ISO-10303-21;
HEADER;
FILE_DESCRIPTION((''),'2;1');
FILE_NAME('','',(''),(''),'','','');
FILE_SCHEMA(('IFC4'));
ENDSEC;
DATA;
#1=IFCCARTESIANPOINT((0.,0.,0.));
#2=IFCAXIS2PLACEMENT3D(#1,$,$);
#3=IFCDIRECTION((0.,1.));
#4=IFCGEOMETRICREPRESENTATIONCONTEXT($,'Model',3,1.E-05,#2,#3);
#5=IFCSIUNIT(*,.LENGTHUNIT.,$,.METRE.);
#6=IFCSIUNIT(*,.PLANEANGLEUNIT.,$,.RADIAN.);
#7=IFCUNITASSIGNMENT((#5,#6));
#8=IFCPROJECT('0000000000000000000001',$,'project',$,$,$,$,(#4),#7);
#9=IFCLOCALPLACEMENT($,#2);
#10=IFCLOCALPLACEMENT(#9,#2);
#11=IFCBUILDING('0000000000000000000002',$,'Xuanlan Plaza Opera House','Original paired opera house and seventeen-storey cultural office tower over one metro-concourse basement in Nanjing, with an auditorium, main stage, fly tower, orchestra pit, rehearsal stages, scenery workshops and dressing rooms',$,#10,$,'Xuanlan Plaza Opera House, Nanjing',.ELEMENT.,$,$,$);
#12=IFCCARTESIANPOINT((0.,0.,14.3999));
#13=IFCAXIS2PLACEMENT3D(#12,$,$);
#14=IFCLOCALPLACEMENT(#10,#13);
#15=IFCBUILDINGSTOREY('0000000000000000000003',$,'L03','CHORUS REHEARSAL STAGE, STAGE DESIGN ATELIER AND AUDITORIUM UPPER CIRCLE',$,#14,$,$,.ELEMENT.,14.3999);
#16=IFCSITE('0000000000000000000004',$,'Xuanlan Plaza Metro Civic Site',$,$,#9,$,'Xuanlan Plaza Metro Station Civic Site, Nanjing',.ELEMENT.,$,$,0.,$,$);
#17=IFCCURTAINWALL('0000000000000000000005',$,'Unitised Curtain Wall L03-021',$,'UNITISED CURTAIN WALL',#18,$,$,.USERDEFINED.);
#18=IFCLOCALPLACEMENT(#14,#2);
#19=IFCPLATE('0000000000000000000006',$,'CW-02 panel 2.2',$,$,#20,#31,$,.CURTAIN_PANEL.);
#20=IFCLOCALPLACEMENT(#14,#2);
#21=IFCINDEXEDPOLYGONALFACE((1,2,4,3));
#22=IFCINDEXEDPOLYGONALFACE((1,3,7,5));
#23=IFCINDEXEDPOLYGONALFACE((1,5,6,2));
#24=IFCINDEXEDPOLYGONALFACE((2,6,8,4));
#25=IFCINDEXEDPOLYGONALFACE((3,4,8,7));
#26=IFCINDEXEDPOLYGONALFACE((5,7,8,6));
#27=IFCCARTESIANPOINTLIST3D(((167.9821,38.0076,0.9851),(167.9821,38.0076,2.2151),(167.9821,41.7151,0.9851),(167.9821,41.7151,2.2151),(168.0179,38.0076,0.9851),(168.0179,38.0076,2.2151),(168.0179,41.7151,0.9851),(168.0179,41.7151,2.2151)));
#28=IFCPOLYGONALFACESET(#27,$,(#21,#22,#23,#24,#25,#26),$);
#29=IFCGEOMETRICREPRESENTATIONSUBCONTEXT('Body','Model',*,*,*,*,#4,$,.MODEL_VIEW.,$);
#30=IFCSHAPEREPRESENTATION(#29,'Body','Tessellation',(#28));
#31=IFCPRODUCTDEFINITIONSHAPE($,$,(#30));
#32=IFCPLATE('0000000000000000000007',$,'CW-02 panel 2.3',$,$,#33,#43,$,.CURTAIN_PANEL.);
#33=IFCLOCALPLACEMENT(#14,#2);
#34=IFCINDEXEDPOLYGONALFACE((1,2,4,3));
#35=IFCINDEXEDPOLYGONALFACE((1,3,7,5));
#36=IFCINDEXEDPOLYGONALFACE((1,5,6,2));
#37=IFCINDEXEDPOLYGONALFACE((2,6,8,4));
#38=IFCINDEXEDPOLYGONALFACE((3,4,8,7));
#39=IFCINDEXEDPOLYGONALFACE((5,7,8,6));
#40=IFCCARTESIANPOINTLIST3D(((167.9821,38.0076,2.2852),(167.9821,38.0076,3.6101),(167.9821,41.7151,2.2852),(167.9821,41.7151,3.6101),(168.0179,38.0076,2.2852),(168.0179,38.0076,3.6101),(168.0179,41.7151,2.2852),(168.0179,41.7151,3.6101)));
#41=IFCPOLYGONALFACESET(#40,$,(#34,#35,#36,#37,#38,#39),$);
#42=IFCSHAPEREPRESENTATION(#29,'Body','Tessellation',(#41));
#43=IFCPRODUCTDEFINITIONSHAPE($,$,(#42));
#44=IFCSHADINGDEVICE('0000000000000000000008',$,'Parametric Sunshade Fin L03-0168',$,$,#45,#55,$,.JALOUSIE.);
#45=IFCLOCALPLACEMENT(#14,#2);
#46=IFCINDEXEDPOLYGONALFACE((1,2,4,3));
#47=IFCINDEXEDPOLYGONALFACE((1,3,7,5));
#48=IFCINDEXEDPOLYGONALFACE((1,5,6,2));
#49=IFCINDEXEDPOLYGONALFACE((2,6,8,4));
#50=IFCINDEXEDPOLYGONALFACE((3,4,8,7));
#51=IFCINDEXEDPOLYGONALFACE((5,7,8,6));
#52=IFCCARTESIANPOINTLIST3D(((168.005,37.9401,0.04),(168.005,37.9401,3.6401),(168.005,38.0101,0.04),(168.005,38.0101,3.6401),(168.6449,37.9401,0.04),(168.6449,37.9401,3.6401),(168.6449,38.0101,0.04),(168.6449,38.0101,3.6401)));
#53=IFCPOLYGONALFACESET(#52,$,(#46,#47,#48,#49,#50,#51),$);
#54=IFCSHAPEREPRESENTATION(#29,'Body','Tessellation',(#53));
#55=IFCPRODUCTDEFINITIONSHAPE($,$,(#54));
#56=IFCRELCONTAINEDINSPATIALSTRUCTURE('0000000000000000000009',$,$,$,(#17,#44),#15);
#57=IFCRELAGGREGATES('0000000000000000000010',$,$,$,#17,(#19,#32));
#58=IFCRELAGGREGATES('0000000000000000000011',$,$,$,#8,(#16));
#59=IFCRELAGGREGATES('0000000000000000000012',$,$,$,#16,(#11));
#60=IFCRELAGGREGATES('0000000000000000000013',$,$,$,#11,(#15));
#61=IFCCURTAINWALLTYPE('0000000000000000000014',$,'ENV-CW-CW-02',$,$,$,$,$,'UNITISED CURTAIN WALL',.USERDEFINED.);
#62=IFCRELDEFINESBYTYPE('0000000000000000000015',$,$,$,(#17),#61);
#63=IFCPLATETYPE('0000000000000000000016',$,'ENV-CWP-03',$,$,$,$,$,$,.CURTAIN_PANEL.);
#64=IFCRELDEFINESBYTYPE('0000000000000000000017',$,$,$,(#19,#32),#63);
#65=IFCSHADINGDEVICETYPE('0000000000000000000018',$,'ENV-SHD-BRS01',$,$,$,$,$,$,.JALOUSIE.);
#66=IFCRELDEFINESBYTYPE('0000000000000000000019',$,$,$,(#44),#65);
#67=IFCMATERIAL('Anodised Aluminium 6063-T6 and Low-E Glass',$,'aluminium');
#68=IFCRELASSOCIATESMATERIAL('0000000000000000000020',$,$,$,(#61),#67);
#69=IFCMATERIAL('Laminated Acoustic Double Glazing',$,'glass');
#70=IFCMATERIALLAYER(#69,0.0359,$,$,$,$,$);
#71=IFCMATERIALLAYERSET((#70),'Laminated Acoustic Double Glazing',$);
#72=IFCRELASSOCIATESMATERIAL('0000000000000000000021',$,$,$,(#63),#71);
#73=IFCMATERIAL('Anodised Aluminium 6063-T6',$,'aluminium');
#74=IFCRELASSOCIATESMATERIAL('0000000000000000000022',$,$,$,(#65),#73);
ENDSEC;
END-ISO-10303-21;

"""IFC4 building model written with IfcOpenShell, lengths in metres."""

from ifc_helpers import new_model, si_unit, direction, frame, origin, origin_2d, place, context, subcontext, project, spatial, rectangle, extrude, material, layer, layer_set, type_object, element, aggregate, save


model = new_model("IFC4")

# Units and contexts
model_context = context("Model", 3, precision=1e-05, world=origin(), true_north=direction((0.0, 1.0)))
body_context = subcontext(model_context, "Body", "Model", "MODEL_VIEW")
ifc_project = project(units=[si_unit("LENGTHUNIT", "METRE"), si_unit("PLANEANGLEUNIT", "RADIAN")], contexts=[model_context])

# Site, building, storey
site_placement = place(None, origin())
site = spatial("IfcSite", under=ifc_project, at=site_placement, Name="Xuanlan Plaza Metro Civic Site", LongName="Xuanlan Plaza Metro Station Civic Site, Nanjing", CompositionType="ELEMENT", RefElevation=0.0)
building_placement = place(site_placement, origin())
building = spatial("IfcBuilding", under=site, at=building_placement, Name="Xuanlan Plaza Opera House", Description="Original paired opera house and seventeen-storey cultural office tower over one metro-concourse basement in Nanjing, with an auditorium, main stage, fly tower, orchestra pit, rehearsal stages, scenery workshops and dressing rooms", LongName="Xuanlan Plaza Opera House, Nanjing", CompositionType="ELEMENT")
storey_placement = place(building_placement, frame((0.0, 0.0, 14.3999)))
storey = spatial("IfcBuildingStorey", under=building, at=storey_placement, Name="L03", Description="CHORUS REHEARSAL STAGE, STAGE DESIGN ATELIER AND AUDITORIUM UPPER CIRCLE", CompositionType="ELEMENT", Elevation=14.3999)

# Curtain wall
ifc_material_1 = material(Name="Anodised Aluminium 6063-T6 and Low-E Glass", Category="aluminium")
curtain_wall_type_1 = type_object("IfcCurtainWallType", Name="ENV-CW-CW-02", ElementType="UNITISED CURTAIN WALL", PredefinedType="USERDEFINED", material=ifc_material_1)
curtain_wall_1_placement = place(storey_placement, origin())
curtain_wall_1 = element("IfcCurtainWall", 1, at=curtain_wall_1_placement, inside=storey, type_object=curtain_wall_type_1, Name="Unitised Curtain Wall L03-021", ObjectType="UNITISED CURTAIN WALL", PredefinedType="USERDEFINED")
ifc_material_2 = material(Name="Anodised Aluminium 6063-T6", Category="aluminium")

# Plates
ifc_material_3 = material(Name="Laminated Acoustic Double Glazing", Category="glass")
ifc_layer = layer(ifc_material_3, 0.0359)
ifc_layer_set = layer_set([ifc_layer], Name="Laminated Acoustic Double Glazing")
plate_type = type_object("IfcPlateType", Name="ENV-CWP-03", PredefinedType="CURTAIN_PANEL", material=ifc_layer_set)
plate_1_placement = place(storey_placement, frame((168.0, 39.8613, 0.9851), z_axis=(0.0, 0.0, 1.0), x_axis=(0.0, 1.0, 0.0)))
plate_1 = element("IfcPlate", 2, at=plate_1_placement, type_object=plate_type, Name="CW-02 panel 2.2", PredefinedType="CURTAIN_PANEL", context=body_context, shape_type="SweptSolid", body=[
    extrude(rectangle(XDim=3.7075, YDim=0.0359, at=origin_2d()), origin(), (0.0, 0.0, 1.0), 1.23),
])
plate_2_placement = place(storey_placement, frame((168.0, 39.8613, 2.2852), z_axis=(0.0, 0.0, 1.0), x_axis=(0.0, 1.0, 0.0)))
plate_2 = element("IfcPlate", 3, at=plate_2_placement, type_object=plate_type, Name="CW-02 panel 2.3", PredefinedType="CURTAIN_PANEL", context=body_context, shape_type="SweptSolid", body=[
    extrude(rectangle(XDim=3.7075, YDim=0.0359, at=origin_2d()), origin(), (0.0, 0.0, 1.0), 1.325),
])
aggregate(curtain_wall_1, [plate_1, plate_2])

# Shading device
shading_device_type = type_object("IfcShadingDeviceType", Name="ENV-SHD-BRS01", PredefinedType="JALOUSIE", material=ifc_material_2)
shading_device_placement = place(storey_placement, frame((168.325, 37.9751, 0.04), z_axis=(0.0, 0.0, 1.0), x_axis=(1.0, 0.0, 0.0)))
element("IfcShadingDevice", 4, at=shading_device_placement, inside=storey, type_object=shading_device_type, Name="Parametric Sunshade Fin L03-0168", PredefinedType="JALOUSIE", context=body_context, shape_type="SweptSolid", body=[
    extrude(rectangle(XDim=0.6399, YDim=0.0701, at=origin_2d()), origin(), (0.0, 0.0, 1.0), 3.6001),
])

save(model, "model.ifc")
